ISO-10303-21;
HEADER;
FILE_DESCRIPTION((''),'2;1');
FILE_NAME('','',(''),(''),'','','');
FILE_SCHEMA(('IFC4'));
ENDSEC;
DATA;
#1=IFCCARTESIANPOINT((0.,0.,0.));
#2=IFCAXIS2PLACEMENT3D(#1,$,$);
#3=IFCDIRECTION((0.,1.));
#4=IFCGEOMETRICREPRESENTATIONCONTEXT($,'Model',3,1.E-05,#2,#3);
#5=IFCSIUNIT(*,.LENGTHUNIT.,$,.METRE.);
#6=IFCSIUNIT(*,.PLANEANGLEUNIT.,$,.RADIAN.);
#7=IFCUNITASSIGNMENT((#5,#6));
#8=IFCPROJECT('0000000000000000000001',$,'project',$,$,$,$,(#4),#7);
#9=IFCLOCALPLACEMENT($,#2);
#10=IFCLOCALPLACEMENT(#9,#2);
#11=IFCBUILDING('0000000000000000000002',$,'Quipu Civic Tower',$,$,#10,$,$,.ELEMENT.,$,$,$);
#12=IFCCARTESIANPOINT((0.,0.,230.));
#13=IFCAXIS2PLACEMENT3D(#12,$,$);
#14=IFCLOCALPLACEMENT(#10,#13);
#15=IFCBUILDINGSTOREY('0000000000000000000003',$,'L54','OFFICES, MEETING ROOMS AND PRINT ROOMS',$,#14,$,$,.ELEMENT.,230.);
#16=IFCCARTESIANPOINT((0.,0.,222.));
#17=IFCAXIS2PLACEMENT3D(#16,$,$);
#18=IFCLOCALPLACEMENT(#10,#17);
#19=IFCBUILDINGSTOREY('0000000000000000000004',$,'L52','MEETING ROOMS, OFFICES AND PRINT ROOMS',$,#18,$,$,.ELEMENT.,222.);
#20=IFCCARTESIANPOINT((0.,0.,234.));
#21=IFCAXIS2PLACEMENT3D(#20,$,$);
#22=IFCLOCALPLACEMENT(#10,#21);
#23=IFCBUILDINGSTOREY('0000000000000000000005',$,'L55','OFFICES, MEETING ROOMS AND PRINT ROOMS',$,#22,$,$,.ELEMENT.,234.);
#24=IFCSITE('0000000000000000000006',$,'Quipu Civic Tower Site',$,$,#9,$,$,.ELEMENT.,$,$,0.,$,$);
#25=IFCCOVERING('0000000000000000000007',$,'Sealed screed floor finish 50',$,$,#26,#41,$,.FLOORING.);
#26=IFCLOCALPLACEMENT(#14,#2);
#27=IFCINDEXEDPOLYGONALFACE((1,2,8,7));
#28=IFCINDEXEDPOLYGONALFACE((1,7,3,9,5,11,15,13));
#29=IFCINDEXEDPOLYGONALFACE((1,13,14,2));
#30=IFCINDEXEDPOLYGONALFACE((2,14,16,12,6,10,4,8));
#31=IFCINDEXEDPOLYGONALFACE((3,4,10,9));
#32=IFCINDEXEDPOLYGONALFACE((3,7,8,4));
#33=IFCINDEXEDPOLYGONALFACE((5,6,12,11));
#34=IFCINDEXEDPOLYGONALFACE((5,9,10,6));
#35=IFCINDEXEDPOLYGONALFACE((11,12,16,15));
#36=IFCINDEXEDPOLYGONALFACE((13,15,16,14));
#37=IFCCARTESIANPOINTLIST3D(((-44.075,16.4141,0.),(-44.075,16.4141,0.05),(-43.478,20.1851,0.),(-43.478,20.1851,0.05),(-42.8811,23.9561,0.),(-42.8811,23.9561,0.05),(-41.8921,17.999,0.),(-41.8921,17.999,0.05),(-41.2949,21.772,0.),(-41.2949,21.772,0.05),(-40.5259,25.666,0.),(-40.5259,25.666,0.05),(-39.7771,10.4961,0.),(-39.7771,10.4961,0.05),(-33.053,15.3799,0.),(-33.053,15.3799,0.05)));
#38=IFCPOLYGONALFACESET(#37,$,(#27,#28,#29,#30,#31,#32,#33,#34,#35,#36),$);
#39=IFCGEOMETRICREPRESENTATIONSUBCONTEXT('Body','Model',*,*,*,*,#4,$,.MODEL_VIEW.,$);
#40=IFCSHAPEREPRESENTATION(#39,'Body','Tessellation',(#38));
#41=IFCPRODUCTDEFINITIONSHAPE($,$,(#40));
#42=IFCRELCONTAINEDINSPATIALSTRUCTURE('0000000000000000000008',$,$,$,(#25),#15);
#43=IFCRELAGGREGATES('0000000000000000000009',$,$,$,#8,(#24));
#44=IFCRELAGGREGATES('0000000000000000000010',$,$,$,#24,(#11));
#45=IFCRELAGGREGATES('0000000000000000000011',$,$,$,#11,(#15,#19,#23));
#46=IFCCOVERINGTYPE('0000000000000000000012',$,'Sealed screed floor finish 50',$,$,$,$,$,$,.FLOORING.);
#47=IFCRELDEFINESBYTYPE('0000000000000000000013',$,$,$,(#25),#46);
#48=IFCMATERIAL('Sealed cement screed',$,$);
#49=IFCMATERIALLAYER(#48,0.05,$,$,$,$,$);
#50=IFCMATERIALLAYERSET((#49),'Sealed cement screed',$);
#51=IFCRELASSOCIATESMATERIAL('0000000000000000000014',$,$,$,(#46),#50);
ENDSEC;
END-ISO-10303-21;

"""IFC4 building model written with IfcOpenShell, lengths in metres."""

from ifc_helpers import new_model, si_unit, direction, frame, origin, place, context, subcontext, project, spatial, polyline, outline, extrude, material, layer, layer_set, type_object, element, save


model = new_model("IFC4")

# Units and contexts
model_context = context("Model", 3, precision=1e-05, world=origin(), true_north=direction((0.0, 1.0)))
body_context = subcontext(model_context, "Body", "Model", "MODEL_VIEW")
ifc_project = project(units=[si_unit("LENGTHUNIT", "METRE"), si_unit("PLANEANGLEUNIT", "RADIAN")], contexts=[model_context])

# Site, building, storey
site_placement = place(None, origin())
site = spatial("IfcSite", under=ifc_project, at=site_placement, Name="Quipu Civic Tower Site", CompositionType="ELEMENT", RefElevation=0.0)
building_placement = place(site_placement, origin())
building = spatial("IfcBuilding", under=site, at=building_placement, Name="Quipu Civic Tower", CompositionType="ELEMENT")
storey_1_placement = place(building_placement, frame((0.0, 0.0, 230.0)))
storey_1 = spatial("IfcBuildingStorey", under=building, at=storey_1_placement, Name="L54", Description="OFFICES, MEETING ROOMS AND PRINT ROOMS", CompositionType="ELEMENT", Elevation=230.0)

# Shared definitions
storey_2_placement = place(building_placement, frame((0.0, 0.0, 222.0)))
storey_2 = spatial("IfcBuildingStorey", under=building, at=storey_2_placement, Name="L52", Description="MEETING ROOMS, OFFICES AND PRINT ROOMS", CompositionType="ELEMENT", Elevation=222.0)

# Shared definitions
storey_3_placement = place(building_placement, frame((0.0, 0.0, 234.0)))
storey_3 = spatial("IfcBuildingStorey", under=building, at=storey_3_placement, Name="L55", Description="OFFICES, MEETING ROOMS AND PRINT ROOMS", CompositionType="ELEMENT", Elevation=234.0)

# Covering
ifc_material_1 = material(Name="Sealed cement screed")
ifc_layer_1 = layer(ifc_material_1, 0.05)
ifc_layer_set_1 = layer_set([ifc_layer_1], Name="Sealed cement screed")
covering_type_1 = type_object("IfcCoveringType", Name="Sealed screed floor finish 50", PredefinedType="FLOORING", material=ifc_layer_set_1)
covering_1_placement = place(storey_1_placement, origin())
element("IfcCovering", 1, at=covering_1_placement, inside=storey_1, type_object=covering_type_1, Name="Sealed screed floor finish 50", PredefinedType="FLOORING", context=body_context, shape_type="SweptSolid", body=[
    extrude(outline(polyline([(-44.075, 16.4141), (-41.8921, 17.999), (-43.478, 20.1851), (-41.2949, 21.772), (-42.8811, 23.9561), (-40.5259, 25.666), (-33.053, 15.3799), (-39.7771, 10.4961), (-44.075, 16.4141)])), origin(), (0.0, 0.0, 1.0), 0.05),
])

save(model, "model.ifc")
